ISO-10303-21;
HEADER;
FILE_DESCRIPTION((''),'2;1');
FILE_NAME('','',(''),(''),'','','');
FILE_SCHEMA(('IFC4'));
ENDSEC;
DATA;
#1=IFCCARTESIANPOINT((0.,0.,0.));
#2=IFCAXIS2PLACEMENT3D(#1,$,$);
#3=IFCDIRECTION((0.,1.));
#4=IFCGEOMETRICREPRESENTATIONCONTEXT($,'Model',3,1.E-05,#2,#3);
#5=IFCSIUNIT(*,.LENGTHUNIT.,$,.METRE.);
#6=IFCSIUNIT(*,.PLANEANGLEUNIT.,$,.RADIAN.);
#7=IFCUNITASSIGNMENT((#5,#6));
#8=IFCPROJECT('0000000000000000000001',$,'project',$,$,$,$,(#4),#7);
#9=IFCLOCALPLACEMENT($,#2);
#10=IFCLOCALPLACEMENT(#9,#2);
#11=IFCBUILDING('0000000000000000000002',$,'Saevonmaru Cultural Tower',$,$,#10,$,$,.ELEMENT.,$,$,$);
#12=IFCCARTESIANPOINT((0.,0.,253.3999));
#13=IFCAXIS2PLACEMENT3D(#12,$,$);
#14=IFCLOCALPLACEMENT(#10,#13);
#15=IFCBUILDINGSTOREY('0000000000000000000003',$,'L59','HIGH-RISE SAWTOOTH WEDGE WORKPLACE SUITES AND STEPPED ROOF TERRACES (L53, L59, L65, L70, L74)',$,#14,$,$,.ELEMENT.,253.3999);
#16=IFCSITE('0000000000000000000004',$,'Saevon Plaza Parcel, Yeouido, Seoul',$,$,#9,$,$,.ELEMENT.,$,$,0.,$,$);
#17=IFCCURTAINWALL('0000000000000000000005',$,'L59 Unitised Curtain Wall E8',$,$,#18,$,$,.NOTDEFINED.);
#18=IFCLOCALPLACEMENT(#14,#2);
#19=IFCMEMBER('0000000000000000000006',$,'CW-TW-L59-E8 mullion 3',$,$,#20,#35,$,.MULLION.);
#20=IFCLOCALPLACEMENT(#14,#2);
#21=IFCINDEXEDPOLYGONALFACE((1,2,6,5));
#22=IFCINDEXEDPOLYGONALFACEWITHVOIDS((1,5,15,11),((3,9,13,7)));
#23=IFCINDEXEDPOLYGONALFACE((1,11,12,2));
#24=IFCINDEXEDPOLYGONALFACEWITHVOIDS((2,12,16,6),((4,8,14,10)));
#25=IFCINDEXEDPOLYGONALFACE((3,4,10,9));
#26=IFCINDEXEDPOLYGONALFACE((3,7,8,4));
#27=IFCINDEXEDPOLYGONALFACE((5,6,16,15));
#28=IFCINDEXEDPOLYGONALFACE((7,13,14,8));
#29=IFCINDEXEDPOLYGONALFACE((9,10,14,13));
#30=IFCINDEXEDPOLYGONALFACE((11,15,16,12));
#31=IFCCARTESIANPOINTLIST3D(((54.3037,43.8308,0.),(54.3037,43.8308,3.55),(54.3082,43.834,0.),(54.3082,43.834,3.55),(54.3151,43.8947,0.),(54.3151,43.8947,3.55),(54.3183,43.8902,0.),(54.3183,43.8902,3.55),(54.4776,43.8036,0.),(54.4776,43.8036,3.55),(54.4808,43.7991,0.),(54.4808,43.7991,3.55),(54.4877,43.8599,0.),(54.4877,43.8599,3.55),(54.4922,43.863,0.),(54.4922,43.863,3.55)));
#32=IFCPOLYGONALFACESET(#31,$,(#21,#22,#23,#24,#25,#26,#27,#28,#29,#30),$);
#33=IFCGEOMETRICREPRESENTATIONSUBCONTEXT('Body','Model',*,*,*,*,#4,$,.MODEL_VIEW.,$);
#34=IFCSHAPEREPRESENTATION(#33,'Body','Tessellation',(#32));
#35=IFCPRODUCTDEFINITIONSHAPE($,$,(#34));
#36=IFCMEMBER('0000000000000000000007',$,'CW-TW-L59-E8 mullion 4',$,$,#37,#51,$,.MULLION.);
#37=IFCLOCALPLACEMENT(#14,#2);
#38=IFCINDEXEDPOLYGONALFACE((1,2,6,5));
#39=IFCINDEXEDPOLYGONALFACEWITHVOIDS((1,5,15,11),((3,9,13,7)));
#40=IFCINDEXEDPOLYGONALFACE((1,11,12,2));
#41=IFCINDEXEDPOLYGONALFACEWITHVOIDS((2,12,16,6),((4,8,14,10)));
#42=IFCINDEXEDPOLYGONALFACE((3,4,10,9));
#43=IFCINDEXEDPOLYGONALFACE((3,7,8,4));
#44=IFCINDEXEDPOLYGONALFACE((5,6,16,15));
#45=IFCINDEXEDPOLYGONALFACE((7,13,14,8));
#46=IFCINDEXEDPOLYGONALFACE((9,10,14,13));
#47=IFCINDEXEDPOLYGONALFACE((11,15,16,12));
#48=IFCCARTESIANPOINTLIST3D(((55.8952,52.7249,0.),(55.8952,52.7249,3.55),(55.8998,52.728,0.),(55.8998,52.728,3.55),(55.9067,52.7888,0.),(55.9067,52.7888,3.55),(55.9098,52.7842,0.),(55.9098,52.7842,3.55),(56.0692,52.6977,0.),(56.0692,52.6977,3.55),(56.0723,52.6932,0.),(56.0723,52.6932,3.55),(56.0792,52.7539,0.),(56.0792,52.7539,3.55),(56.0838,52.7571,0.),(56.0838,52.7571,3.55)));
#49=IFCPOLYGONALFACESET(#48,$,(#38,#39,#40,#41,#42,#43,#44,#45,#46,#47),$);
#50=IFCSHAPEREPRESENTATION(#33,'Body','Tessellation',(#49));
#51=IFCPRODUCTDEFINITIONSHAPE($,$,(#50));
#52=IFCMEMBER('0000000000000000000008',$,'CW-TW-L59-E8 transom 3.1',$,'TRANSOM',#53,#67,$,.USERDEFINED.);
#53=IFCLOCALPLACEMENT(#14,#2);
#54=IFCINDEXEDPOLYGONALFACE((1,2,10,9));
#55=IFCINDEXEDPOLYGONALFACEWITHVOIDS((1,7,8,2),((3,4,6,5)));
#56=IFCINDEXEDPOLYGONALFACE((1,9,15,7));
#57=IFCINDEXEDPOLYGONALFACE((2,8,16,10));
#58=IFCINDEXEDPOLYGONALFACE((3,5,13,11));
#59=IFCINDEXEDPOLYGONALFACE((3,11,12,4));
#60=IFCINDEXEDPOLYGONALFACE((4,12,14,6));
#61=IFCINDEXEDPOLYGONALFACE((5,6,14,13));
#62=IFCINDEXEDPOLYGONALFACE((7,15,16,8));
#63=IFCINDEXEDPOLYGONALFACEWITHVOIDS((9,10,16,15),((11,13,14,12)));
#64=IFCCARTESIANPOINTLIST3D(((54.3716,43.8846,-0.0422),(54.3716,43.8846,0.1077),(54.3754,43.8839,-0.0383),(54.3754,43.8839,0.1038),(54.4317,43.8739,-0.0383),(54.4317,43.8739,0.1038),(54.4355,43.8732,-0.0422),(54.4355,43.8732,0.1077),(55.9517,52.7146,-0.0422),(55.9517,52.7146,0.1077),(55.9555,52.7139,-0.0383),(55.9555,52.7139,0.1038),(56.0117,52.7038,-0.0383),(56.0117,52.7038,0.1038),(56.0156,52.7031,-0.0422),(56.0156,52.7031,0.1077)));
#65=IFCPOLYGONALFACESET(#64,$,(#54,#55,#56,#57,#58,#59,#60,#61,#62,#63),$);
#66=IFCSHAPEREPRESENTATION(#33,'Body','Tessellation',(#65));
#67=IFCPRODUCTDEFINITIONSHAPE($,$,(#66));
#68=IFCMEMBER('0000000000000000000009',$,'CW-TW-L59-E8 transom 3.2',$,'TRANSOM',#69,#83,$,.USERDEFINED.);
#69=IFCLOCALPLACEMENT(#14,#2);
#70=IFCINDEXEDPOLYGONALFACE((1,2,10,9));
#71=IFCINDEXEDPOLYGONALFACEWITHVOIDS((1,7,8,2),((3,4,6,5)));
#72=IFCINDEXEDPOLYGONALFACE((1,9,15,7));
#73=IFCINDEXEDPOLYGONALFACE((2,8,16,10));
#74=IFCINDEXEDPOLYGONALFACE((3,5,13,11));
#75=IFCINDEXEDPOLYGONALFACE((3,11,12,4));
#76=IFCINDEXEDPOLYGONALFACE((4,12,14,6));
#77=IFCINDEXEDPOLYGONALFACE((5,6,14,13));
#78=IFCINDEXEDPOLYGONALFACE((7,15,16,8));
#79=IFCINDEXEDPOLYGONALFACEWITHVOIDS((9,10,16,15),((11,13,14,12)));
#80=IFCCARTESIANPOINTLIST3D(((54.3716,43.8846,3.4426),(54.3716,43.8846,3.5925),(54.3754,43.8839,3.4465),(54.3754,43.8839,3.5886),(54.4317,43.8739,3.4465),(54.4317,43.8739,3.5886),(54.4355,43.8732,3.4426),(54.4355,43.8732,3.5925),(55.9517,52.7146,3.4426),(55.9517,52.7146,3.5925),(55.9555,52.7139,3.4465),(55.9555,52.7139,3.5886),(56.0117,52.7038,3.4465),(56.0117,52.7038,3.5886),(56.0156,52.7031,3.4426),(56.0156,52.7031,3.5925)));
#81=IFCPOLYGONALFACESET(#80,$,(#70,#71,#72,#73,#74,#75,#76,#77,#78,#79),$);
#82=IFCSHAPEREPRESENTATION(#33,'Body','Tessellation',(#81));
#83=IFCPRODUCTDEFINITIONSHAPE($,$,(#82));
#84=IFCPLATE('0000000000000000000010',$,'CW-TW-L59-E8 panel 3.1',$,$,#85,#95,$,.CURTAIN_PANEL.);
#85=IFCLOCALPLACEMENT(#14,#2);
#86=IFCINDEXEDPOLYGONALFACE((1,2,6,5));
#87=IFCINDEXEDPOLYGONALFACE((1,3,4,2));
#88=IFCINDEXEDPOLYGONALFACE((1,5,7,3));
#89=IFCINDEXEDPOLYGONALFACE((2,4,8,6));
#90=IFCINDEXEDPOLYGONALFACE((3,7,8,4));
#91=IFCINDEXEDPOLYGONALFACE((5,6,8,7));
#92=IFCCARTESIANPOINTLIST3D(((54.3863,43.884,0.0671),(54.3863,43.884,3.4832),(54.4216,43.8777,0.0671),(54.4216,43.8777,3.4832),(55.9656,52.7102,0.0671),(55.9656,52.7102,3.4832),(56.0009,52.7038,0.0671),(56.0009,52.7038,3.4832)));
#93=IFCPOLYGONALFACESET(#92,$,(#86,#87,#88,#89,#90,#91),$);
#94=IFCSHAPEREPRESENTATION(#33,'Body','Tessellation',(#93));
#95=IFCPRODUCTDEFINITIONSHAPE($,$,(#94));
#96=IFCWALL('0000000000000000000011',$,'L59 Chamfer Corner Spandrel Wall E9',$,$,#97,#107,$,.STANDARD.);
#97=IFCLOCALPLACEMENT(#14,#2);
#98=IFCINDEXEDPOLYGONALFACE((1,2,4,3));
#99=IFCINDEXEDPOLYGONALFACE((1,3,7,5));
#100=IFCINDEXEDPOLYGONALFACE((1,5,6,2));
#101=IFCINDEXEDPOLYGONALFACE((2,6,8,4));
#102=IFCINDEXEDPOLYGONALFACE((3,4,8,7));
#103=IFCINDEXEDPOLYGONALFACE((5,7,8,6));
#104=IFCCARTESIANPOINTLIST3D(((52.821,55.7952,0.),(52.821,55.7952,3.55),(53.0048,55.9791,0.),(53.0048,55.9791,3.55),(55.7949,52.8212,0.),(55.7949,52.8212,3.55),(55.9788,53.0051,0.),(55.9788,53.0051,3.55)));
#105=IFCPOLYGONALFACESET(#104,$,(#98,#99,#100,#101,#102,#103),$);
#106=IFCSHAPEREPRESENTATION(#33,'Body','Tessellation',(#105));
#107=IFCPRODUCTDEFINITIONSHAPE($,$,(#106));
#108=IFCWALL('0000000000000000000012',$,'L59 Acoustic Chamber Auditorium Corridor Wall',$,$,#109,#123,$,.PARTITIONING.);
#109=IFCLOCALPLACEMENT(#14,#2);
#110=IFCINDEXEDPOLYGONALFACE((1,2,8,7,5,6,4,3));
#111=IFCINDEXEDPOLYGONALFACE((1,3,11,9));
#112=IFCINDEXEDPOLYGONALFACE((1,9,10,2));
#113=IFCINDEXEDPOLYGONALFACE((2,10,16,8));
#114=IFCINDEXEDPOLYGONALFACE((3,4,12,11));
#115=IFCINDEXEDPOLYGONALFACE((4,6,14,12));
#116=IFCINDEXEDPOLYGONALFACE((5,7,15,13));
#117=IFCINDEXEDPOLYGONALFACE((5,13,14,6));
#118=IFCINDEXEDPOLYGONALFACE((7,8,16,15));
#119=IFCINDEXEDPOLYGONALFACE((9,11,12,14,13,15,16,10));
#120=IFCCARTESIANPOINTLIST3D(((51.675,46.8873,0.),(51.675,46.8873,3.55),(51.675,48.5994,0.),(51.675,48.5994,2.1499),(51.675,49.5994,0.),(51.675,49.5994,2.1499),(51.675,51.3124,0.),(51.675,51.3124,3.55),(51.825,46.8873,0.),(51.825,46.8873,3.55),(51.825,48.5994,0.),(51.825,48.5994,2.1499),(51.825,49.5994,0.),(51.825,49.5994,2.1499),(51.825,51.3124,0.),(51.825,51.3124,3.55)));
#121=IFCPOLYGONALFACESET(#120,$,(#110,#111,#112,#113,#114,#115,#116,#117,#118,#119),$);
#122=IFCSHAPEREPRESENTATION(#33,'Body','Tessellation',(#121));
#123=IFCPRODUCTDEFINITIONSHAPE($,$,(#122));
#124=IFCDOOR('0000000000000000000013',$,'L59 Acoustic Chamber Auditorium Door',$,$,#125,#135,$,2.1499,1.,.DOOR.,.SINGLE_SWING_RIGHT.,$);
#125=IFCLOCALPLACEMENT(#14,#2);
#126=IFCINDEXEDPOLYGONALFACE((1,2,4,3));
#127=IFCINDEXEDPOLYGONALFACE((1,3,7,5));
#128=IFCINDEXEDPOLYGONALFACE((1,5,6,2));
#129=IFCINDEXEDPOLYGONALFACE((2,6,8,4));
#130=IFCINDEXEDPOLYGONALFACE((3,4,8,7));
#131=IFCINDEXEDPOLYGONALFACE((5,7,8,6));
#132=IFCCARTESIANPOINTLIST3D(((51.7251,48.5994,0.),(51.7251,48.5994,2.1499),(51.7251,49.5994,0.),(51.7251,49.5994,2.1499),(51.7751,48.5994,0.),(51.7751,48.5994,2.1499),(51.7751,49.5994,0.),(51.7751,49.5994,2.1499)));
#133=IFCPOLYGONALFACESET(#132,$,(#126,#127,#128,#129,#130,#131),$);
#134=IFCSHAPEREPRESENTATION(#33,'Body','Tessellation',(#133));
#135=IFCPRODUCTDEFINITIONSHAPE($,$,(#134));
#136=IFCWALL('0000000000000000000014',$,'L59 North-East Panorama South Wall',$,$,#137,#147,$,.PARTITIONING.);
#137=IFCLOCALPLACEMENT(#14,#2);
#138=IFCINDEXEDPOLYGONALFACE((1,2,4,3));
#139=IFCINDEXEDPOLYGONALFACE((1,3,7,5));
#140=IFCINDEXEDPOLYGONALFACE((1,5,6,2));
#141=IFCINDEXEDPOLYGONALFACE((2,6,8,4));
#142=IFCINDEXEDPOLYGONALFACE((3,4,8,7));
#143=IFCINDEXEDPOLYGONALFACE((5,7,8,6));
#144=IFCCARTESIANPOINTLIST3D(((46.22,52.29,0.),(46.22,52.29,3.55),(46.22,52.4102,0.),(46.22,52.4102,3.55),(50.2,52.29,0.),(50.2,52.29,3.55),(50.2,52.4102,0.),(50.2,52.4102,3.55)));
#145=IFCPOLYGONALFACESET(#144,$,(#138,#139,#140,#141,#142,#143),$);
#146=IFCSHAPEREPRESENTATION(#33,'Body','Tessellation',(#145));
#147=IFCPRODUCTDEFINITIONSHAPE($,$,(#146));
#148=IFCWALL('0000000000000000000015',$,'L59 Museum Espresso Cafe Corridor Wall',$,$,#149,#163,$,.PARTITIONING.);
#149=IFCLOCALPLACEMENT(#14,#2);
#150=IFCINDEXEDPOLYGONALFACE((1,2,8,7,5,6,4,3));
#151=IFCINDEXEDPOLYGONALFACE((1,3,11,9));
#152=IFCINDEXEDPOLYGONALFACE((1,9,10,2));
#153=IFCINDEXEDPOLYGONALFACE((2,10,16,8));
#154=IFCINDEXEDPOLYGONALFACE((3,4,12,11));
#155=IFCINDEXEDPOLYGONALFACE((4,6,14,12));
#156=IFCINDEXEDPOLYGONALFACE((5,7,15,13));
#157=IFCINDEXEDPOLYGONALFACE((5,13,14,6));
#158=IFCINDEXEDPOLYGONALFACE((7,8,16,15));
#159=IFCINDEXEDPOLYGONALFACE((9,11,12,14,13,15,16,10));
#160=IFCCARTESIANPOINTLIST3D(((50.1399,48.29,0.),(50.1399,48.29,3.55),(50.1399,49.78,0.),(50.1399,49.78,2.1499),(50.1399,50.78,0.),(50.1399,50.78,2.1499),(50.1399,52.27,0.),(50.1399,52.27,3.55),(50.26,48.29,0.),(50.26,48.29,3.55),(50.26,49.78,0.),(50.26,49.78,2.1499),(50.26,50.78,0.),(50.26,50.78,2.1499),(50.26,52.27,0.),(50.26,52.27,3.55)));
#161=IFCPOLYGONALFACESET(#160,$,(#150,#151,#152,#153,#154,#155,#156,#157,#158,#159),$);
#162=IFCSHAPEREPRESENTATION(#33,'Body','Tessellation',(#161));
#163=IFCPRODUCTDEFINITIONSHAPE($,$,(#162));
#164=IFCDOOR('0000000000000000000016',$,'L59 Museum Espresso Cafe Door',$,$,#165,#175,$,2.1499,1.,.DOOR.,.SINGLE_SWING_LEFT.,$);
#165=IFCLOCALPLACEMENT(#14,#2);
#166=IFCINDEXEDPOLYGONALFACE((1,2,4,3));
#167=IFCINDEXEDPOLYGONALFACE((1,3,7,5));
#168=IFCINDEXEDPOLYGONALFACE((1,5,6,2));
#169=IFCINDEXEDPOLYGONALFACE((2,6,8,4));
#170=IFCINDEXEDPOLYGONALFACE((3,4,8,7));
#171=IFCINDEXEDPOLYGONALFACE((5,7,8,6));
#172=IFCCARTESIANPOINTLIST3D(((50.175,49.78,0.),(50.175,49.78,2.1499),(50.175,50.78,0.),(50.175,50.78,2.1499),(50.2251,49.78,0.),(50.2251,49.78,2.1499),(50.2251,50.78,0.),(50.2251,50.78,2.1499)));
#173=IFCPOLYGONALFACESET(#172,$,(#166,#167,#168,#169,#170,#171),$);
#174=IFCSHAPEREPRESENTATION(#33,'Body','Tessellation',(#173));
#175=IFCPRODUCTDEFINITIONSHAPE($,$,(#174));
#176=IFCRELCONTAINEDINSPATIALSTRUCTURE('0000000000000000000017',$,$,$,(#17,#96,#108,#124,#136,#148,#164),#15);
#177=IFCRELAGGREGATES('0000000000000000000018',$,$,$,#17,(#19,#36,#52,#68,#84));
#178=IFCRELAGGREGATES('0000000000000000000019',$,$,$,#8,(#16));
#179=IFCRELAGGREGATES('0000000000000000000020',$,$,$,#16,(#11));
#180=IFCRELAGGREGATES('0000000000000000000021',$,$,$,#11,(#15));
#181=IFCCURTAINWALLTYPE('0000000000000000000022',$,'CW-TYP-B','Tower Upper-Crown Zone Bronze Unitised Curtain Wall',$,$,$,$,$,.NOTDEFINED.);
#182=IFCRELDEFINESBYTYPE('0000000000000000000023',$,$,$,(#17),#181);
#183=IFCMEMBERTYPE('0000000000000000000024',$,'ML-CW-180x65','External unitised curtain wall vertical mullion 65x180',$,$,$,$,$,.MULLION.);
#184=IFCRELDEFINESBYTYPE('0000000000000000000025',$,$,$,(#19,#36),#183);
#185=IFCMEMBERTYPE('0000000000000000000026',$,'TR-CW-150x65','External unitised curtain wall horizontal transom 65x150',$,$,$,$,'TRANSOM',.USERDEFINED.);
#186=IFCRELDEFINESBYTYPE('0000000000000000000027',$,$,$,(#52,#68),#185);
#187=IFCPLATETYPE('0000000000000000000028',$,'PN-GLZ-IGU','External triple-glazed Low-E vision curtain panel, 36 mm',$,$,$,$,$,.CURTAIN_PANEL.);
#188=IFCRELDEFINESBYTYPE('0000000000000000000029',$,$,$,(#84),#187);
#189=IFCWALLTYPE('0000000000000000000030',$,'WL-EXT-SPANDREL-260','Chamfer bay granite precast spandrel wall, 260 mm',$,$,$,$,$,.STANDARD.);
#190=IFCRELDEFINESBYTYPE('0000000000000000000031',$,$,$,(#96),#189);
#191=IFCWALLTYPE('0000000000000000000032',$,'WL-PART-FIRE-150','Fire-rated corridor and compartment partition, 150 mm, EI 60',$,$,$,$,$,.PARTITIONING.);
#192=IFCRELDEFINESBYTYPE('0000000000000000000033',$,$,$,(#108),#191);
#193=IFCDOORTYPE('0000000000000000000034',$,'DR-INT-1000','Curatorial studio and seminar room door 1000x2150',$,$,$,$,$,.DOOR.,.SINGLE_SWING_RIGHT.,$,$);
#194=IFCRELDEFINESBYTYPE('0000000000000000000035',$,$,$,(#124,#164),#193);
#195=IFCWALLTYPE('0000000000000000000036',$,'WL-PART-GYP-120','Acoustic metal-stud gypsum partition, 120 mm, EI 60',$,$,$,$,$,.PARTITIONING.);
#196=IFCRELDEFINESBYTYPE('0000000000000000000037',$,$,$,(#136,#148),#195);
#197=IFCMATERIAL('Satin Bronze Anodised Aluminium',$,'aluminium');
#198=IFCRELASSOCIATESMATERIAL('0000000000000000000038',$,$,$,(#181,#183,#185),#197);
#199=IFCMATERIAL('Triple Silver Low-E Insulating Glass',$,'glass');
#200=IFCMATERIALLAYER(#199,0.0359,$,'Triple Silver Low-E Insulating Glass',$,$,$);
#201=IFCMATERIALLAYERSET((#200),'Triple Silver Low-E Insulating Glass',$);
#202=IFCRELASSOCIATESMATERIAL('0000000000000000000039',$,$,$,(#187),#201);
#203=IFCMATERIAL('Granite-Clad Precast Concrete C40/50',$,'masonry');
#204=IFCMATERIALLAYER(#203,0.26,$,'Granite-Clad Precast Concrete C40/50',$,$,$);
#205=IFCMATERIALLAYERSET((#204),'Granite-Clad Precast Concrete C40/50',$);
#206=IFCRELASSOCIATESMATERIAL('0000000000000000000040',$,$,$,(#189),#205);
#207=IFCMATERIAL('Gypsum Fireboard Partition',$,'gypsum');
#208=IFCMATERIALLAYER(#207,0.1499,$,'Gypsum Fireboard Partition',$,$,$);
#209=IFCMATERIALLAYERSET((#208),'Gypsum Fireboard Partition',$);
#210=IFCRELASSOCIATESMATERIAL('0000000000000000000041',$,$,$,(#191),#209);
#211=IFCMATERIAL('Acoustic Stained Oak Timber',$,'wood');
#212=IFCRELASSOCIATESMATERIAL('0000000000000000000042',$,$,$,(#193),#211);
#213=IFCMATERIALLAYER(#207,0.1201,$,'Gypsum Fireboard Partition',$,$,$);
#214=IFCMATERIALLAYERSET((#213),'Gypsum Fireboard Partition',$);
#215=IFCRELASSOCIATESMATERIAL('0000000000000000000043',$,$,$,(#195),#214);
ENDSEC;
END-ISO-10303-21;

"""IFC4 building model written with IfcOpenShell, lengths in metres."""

from ifc_helpers import new_model, si_unit, direction, frame, frame_2d, origin, origin_2d, place, context, subcontext, project, spatial, rectangle, hollow_rectangle, extrude, material, layer, layer_set, material_profile, profile_set, type_object, element, fill, aggregate, save


model = new_model("IFC4")

# Units and contexts
model_context = context("Model", 3, precision=1e-05, world=origin(), true_north=direction((0.0, 1.0)))
body_context = subcontext(model_context, "Body", "Model", "MODEL_VIEW")
ifc_project = project(units=[si_unit("LENGTHUNIT", "METRE"), si_unit("PLANEANGLEUNIT", "RADIAN")], contexts=[model_context])

# Site, building, storey
site_placement = place(None, origin())
site = spatial("IfcSite", under=ifc_project, at=site_placement, Name="Saevon Plaza Parcel, Yeouido, Seoul", CompositionType="ELEMENT", RefElevation=0.0)
building_placement = place(site_placement, origin())
building = spatial("IfcBuilding", under=site, at=building_placement, Name="Saevonmaru Cultural Tower", CompositionType="ELEMENT")
storey_placement = place(building_placement, frame((0.0, 0.0, 253.3999)))
storey = spatial("IfcBuildingStorey", under=building, at=storey_placement, Name="L59", Description="HIGH-RISE SAWTOOTH WEDGE WORKPLACE SUITES AND STEPPED ROOF TERRACES (L53, L59, L65, L70, L74)", CompositionType="ELEMENT", Elevation=253.3999)

# Curtain wall, members, plate
ifc_material_1 = material(Name="Satin Bronze Anodised Aluminium", Category="aluminium")
curtain_wall_type = type_object("IfcCurtainWallType", Name="CW-TYP-B", Description="Tower Upper-Crown Zone Bronze Unitised Curtain Wall", PredefinedType="NOTDEFINED", material=ifc_material_1)
curtain_wall_placement = place(storey_placement, origin())
curtain_wall = element("IfcCurtainWall", 1, at=curtain_wall_placement, inside=storey, type_object=curtain_wall_type, Name="L59 Unitised Curtain Wall E8", PredefinedType="NOTDEFINED")
ifc_material_profile_1 = material_profile(ifc_material_1, hollow_rectangle(XDim=0.0649, YDim=0.1799, WallThickness=0.0039, at=origin_2d()), Name="ALU-MULL-180x65x4")
ifc_profile_set_1 = profile_set([ifc_material_profile_1], Name="Satin Bronze Anodised Aluminium")
member_type_1 = type_object("IfcMemberType", Name="ML-CW-180x65", Description="External unitised curtain wall vertical mullion 65x180", PredefinedType="MULLION", material=ifc_profile_set_1)
member_1_placement = place(storey_placement, frame((54.3979, 43.8469, 0.0), z_axis=(0.0, 0.0, 1.0), x_axis=(0.176141, 0.984365, 0.0)))
member_1 = element("IfcMember", 2, at=member_1_placement, type_object=member_type_1, Name="CW-TW-L59-E8 mullion 3", PredefinedType="MULLION", context=body_context, shape_type="SweptSolid", body=[
    extrude(hollow_rectangle(XDim=0.0649, YDim=0.1799, WallThickness=0.0039, at=origin_2d()), origin(), (0.0, 0.0, 1.0), 3.55),
])
member_2_placement = place(storey_placement, frame((55.9895, 52.741, 0.0), z_axis=(0.0, 0.0, 1.0), x_axis=(0.176141, 0.984365, 0.0)))
member_2 = element("IfcMember", 3, at=member_2_placement, type_object=member_type_1, Name="CW-TW-L59-E8 mullion 4", PredefinedType="MULLION", context=body_context, shape_type="SweptSolid", body=[
    extrude(hollow_rectangle(XDim=0.0649, YDim=0.1799, WallThickness=0.0039, at=origin_2d()), origin(), (0.0, 0.0, 1.0), 3.55),
])
ifc_material_profile_2 = material_profile(ifc_material_1, hollow_rectangle(XDim=0.0649, YDim=0.1499, WallThickness=0.0039, at=origin_2d()), Name="ALU-TRAN-150x65x4")
ifc_profile_set_2 = profile_set([ifc_material_profile_2], Name="Satin Bronze Anodised Aluminium")
member_type_2 = type_object("IfcMemberType", Name="TR-CW-150x65", Description="External unitised curtain wall horizontal transom 65x150", ElementType="TRANSOM", PredefinedType="USERDEFINED", material=ifc_profile_set_2)
member_3_placement = place(storey_placement, frame((54.4036, 43.8789, 0.0327), z_axis=(0.176145, 0.984364, 0.0), x_axis=(-0.984364, 0.176145, 0.0)))
member_3 = element("IfcMember", 4, at=member_3_placement, type_object=member_type_2, Name="CW-TW-L59-E8 transom 3.1", ObjectType="TRANSOM", PredefinedType="USERDEFINED", context=body_context, shape_type="SweptSolid", body=[
    extrude(hollow_rectangle(XDim=0.0649, YDim=0.1499, WallThickness=0.0039, at=origin_2d()), origin(), (0.0, 0.0, 1.0), 8.9702),
])
member_4_placement = place(storey_placement, frame((54.4036, 43.8789, 3.5176), z_axis=(0.176145, 0.984364, 0.0), x_axis=(-0.984364, 0.176145, 0.0)))
member_4 = element("IfcMember", 5, at=member_4_placement, type_object=member_type_2, Name="CW-TW-L59-E8 transom 3.2", ObjectType="TRANSOM", PredefinedType="USERDEFINED", context=body_context, shape_type="SweptSolid", body=[
    extrude(hollow_rectangle(XDim=0.0649, YDim=0.1499, WallThickness=0.0039, at=origin_2d()), origin(), (0.0, 0.0, 1.0), 8.9702),
])
ifc_material_2 = material(Name="Triple Silver Low-E Insulating Glass", Category="glass")
ifc_layer_1 = layer(ifc_material_2, 0.0359, Name="Triple Silver Low-E Insulating Glass")
ifc_layer_set_1 = layer_set([ifc_layer_1], Name="Triple Silver Low-E Insulating Glass")
plate_type = type_object("IfcPlateType", Name="PN-GLZ-IGU", Description="External triple-glazed Low-E vision curtain panel, 36 mm", PredefinedType="CURTAIN_PANEL", material=ifc_layer_set_1)
plate_placement = place(storey_placement, frame((55.1936, 48.2939, 0.0671), z_axis=(0.0, 0.0, 1.0), x_axis=(0.176141, 0.984365, 0.0)))
plate = element("IfcPlate", 6, at=plate_placement, type_object=plate_type, Name="CW-TW-L59-E8 panel 3.1", PredefinedType="CURTAIN_PANEL", context=body_context, shape_type="SweptSolid", body=[
    extrude(rectangle(XDim=8.9663, YDim=0.0359, at=origin_2d()), origin(), (0.0, 0.0, 1.0), 3.416),
])
aggregate(curtain_wall, [member_1, member_2, member_3, member_4, plate])

# Wall
ifc_material_3 = material(Name="Granite-Clad Precast Concrete C40/50", Category="masonry")
ifc_layer_2 = layer(ifc_material_3, 0.26, Name="Granite-Clad Precast Concrete C40/50")
ifc_layer_set_2 = layer_set([ifc_layer_2], Name="Granite-Clad Precast Concrete C40/50")
wall_type_1 = type_object("IfcWallType", Name="WL-EXT-SPANDREL-260", Description="Chamfer bay granite precast spandrel wall, 260 mm", PredefinedType="STANDARD", material=ifc_layer_set_2)
wall_1_placement = place(storey_placement, frame((55.887, 52.9131, 0.0), z_axis=(0.0, 0.0, 1.0), x_axis=(-0.707107, 0.707107, 0.0)))
element("IfcWall", 7, at=wall_1_placement, inside=storey, type_object=wall_type_1, Name="L59 Chamfer Corner Spandrel Wall E9", PredefinedType="STANDARD", context=body_context, shape_type="SweptSolid", body=[
    extrude(rectangle(XDim=4.2058, YDim=0.26, at=frame_2d((2.103, 0.0))), origin(), (0.0, 0.0, 1.0), 3.55),
])

# Wall, opening, door
ifc_material_4 = material(Name="Gypsum Fireboard Partition", Category="gypsum")
ifc_layer_3 = layer(ifc_material_4, 0.1499, Name="Gypsum Fireboard Partition")
ifc_layer_set_3 = layer_set([ifc_layer_3], Name="Gypsum Fireboard Partition")
wall_type_2 = type_object("IfcWallType", Name="WL-PART-FIRE-150", Description="Fire-rated corridor and compartment partition, 150 mm, EI 60", PredefinedType="PARTITIONING", material=ifc_layer_set_3)
wall_2_placement = place(storey_placement, frame((51.75, 46.8875, 0.0), z_axis=(0.0, 0.0, 1.0), x_axis=(0.0, 1.0, 0.0)))
wall_2 = element("IfcWall", 8, at=wall_2_placement, inside=storey, type_object=wall_type_2, Name="L59 Acoustic Chamber Auditorium Corridor Wall", PredefinedType="PARTITIONING", context=body_context, shape_type="SweptSolid", body=[
    extrude(rectangle(XDim=4.425, YDim=0.1499, at=frame_2d((2.2124, 0.0))), origin(), (0.0, 0.0, 1.0), 3.55),
])
opening_1_placement = place(wall_2_placement, frame((1.7119, 0.0, 0.0)))
opening_1 = element("IfcOpeningElement", 9, at=opening_1_placement, cuts=wall_2, PredefinedType="OPENING", context=body_context, shape_type="SweptSolid", body=[
    extrude(rectangle(XDim=1.0, YDim=2.1499, at=frame_2d((0.5, 1.075))), frame((0.0, 0.085, 0.0), z_axis=(0.0, -1.0, 0.0), x_axis=(1.0, 0.0, 0.0)), (0.0, 0.0, 1.0), 0.1699),
])
ifc_material_5 = material(Name="Acoustic Stained Oak Timber", Category="wood")
door_type_1 = type_object("IfcDoorType", Name="DR-INT-1000", Description="Curatorial studio and seminar room door 1000x2150", OperationType="SINGLE_SWING_RIGHT", PredefinedType="DOOR", material=ifc_material_5)
door_1_placement = place(opening_1_placement, origin())
door_1 = element("IfcDoor", 10, at=door_1_placement, inside=storey, type_object=door_type_1, Name="L59 Acoustic Chamber Auditorium Door", OperationType="SINGLE_SWING_RIGHT", OverallHeight=2.1499, OverallWidth=1.0, PredefinedType="DOOR", context=body_context, shape_type="SweptSolid", body=[
    extrude(rectangle(XDim=1.0, YDim=2.1499, at=frame_2d((0.5, 1.075))), frame((0.0, 0.0249, 0.0), z_axis=(0.0, -1.0, 0.0), x_axis=(1.0, 0.0, 0.0)), (0.0, 0.0, 1.0), 0.05),
])
fill(opening_1, door_1)

# Wall
ifc_layer_4 = layer(ifc_material_4, 0.1201, Name="Gypsum Fireboard Partition")
ifc_layer_set_4 = layer_set([ifc_layer_4], Name="Gypsum Fireboard Partition")
wall_type_3 = type_object("IfcWallType", Name="WL-PART-GYP-120", Description="Acoustic metal-stud gypsum partition, 120 mm, EI 60", PredefinedType="PARTITIONING", material=ifc_layer_set_4)
wall_3_placement = place(storey_placement, frame((46.22, 52.3501, 0.0), z_axis=(0.0, 0.0, 1.0), x_axis=(1.0, 0.0, 0.0)))
element("IfcWall", 11, at=wall_3_placement, inside=storey, type_object=wall_type_3, Name="L59 North-East Panorama South Wall", PredefinedType="PARTITIONING", context=body_context, shape_type="SweptSolid", body=[
    extrude(rectangle(XDim=3.98, YDim=0.1201, at=frame_2d((1.99, 0.0))), origin(), (0.0, 0.0, 1.0), 3.55),
])

# Wall, opening, door
wall_4_placement = place(storey_placement, frame((50.2, 48.29, 0.0), z_axis=(0.0, 0.0, 1.0), x_axis=(0.0, 1.0, 0.0)))
wall_4 = element("IfcWall", 12, at=wall_4_placement, inside=storey, type_object=wall_type_3, Name="L59 Museum Espresso Cafe Corridor Wall", PredefinedType="PARTITIONING", context=body_context, shape_type="SweptSolid", body=[
    extrude(rectangle(XDim=3.98, YDim=0.1201, at=frame_2d((1.99, 0.0))), origin(), (0.0, 0.0, 1.0), 3.55),
])
opening_2_placement = place(wall_4_placement, frame((1.49, 0.0, 0.0)))
opening_2 = element("IfcOpeningElement", 13, at=opening_2_placement, cuts=wall_4, PredefinedType="OPENING", context=body_context, shape_type="SweptSolid", body=[
    extrude(rectangle(XDim=1.0, YDim=2.1499, at=frame_2d((0.5, 1.075))), frame((0.0, 0.0701, 0.0), z_axis=(0.0, -1.0, 0.0), x_axis=(1.0, 0.0, 0.0)), (0.0, 0.0, 1.0), 0.1401),
])
door_2_placement = place(opening_2_placement, origin())
door_2 = element("IfcDoor", 14, at=door_2_placement, inside=storey, type_object=door_type_1, Name="L59 Museum Espresso Cafe Door", OperationType="SINGLE_SWING_LEFT", OverallHeight=2.1499, OverallWidth=1.0, PredefinedType="DOOR", context=body_context, shape_type="SweptSolid", body=[
    extrude(rectangle(XDim=1.0, YDim=2.1499, at=frame_2d((0.5, 1.075))), frame((0.0, 0.0249, 0.0), z_axis=(0.0, -1.0, 0.0), x_axis=(1.0, 0.0, 0.0)), (0.0, 0.0, 1.0), 0.05),
])
fill(opening_2, door_2)

save(model, "model.ifc")
